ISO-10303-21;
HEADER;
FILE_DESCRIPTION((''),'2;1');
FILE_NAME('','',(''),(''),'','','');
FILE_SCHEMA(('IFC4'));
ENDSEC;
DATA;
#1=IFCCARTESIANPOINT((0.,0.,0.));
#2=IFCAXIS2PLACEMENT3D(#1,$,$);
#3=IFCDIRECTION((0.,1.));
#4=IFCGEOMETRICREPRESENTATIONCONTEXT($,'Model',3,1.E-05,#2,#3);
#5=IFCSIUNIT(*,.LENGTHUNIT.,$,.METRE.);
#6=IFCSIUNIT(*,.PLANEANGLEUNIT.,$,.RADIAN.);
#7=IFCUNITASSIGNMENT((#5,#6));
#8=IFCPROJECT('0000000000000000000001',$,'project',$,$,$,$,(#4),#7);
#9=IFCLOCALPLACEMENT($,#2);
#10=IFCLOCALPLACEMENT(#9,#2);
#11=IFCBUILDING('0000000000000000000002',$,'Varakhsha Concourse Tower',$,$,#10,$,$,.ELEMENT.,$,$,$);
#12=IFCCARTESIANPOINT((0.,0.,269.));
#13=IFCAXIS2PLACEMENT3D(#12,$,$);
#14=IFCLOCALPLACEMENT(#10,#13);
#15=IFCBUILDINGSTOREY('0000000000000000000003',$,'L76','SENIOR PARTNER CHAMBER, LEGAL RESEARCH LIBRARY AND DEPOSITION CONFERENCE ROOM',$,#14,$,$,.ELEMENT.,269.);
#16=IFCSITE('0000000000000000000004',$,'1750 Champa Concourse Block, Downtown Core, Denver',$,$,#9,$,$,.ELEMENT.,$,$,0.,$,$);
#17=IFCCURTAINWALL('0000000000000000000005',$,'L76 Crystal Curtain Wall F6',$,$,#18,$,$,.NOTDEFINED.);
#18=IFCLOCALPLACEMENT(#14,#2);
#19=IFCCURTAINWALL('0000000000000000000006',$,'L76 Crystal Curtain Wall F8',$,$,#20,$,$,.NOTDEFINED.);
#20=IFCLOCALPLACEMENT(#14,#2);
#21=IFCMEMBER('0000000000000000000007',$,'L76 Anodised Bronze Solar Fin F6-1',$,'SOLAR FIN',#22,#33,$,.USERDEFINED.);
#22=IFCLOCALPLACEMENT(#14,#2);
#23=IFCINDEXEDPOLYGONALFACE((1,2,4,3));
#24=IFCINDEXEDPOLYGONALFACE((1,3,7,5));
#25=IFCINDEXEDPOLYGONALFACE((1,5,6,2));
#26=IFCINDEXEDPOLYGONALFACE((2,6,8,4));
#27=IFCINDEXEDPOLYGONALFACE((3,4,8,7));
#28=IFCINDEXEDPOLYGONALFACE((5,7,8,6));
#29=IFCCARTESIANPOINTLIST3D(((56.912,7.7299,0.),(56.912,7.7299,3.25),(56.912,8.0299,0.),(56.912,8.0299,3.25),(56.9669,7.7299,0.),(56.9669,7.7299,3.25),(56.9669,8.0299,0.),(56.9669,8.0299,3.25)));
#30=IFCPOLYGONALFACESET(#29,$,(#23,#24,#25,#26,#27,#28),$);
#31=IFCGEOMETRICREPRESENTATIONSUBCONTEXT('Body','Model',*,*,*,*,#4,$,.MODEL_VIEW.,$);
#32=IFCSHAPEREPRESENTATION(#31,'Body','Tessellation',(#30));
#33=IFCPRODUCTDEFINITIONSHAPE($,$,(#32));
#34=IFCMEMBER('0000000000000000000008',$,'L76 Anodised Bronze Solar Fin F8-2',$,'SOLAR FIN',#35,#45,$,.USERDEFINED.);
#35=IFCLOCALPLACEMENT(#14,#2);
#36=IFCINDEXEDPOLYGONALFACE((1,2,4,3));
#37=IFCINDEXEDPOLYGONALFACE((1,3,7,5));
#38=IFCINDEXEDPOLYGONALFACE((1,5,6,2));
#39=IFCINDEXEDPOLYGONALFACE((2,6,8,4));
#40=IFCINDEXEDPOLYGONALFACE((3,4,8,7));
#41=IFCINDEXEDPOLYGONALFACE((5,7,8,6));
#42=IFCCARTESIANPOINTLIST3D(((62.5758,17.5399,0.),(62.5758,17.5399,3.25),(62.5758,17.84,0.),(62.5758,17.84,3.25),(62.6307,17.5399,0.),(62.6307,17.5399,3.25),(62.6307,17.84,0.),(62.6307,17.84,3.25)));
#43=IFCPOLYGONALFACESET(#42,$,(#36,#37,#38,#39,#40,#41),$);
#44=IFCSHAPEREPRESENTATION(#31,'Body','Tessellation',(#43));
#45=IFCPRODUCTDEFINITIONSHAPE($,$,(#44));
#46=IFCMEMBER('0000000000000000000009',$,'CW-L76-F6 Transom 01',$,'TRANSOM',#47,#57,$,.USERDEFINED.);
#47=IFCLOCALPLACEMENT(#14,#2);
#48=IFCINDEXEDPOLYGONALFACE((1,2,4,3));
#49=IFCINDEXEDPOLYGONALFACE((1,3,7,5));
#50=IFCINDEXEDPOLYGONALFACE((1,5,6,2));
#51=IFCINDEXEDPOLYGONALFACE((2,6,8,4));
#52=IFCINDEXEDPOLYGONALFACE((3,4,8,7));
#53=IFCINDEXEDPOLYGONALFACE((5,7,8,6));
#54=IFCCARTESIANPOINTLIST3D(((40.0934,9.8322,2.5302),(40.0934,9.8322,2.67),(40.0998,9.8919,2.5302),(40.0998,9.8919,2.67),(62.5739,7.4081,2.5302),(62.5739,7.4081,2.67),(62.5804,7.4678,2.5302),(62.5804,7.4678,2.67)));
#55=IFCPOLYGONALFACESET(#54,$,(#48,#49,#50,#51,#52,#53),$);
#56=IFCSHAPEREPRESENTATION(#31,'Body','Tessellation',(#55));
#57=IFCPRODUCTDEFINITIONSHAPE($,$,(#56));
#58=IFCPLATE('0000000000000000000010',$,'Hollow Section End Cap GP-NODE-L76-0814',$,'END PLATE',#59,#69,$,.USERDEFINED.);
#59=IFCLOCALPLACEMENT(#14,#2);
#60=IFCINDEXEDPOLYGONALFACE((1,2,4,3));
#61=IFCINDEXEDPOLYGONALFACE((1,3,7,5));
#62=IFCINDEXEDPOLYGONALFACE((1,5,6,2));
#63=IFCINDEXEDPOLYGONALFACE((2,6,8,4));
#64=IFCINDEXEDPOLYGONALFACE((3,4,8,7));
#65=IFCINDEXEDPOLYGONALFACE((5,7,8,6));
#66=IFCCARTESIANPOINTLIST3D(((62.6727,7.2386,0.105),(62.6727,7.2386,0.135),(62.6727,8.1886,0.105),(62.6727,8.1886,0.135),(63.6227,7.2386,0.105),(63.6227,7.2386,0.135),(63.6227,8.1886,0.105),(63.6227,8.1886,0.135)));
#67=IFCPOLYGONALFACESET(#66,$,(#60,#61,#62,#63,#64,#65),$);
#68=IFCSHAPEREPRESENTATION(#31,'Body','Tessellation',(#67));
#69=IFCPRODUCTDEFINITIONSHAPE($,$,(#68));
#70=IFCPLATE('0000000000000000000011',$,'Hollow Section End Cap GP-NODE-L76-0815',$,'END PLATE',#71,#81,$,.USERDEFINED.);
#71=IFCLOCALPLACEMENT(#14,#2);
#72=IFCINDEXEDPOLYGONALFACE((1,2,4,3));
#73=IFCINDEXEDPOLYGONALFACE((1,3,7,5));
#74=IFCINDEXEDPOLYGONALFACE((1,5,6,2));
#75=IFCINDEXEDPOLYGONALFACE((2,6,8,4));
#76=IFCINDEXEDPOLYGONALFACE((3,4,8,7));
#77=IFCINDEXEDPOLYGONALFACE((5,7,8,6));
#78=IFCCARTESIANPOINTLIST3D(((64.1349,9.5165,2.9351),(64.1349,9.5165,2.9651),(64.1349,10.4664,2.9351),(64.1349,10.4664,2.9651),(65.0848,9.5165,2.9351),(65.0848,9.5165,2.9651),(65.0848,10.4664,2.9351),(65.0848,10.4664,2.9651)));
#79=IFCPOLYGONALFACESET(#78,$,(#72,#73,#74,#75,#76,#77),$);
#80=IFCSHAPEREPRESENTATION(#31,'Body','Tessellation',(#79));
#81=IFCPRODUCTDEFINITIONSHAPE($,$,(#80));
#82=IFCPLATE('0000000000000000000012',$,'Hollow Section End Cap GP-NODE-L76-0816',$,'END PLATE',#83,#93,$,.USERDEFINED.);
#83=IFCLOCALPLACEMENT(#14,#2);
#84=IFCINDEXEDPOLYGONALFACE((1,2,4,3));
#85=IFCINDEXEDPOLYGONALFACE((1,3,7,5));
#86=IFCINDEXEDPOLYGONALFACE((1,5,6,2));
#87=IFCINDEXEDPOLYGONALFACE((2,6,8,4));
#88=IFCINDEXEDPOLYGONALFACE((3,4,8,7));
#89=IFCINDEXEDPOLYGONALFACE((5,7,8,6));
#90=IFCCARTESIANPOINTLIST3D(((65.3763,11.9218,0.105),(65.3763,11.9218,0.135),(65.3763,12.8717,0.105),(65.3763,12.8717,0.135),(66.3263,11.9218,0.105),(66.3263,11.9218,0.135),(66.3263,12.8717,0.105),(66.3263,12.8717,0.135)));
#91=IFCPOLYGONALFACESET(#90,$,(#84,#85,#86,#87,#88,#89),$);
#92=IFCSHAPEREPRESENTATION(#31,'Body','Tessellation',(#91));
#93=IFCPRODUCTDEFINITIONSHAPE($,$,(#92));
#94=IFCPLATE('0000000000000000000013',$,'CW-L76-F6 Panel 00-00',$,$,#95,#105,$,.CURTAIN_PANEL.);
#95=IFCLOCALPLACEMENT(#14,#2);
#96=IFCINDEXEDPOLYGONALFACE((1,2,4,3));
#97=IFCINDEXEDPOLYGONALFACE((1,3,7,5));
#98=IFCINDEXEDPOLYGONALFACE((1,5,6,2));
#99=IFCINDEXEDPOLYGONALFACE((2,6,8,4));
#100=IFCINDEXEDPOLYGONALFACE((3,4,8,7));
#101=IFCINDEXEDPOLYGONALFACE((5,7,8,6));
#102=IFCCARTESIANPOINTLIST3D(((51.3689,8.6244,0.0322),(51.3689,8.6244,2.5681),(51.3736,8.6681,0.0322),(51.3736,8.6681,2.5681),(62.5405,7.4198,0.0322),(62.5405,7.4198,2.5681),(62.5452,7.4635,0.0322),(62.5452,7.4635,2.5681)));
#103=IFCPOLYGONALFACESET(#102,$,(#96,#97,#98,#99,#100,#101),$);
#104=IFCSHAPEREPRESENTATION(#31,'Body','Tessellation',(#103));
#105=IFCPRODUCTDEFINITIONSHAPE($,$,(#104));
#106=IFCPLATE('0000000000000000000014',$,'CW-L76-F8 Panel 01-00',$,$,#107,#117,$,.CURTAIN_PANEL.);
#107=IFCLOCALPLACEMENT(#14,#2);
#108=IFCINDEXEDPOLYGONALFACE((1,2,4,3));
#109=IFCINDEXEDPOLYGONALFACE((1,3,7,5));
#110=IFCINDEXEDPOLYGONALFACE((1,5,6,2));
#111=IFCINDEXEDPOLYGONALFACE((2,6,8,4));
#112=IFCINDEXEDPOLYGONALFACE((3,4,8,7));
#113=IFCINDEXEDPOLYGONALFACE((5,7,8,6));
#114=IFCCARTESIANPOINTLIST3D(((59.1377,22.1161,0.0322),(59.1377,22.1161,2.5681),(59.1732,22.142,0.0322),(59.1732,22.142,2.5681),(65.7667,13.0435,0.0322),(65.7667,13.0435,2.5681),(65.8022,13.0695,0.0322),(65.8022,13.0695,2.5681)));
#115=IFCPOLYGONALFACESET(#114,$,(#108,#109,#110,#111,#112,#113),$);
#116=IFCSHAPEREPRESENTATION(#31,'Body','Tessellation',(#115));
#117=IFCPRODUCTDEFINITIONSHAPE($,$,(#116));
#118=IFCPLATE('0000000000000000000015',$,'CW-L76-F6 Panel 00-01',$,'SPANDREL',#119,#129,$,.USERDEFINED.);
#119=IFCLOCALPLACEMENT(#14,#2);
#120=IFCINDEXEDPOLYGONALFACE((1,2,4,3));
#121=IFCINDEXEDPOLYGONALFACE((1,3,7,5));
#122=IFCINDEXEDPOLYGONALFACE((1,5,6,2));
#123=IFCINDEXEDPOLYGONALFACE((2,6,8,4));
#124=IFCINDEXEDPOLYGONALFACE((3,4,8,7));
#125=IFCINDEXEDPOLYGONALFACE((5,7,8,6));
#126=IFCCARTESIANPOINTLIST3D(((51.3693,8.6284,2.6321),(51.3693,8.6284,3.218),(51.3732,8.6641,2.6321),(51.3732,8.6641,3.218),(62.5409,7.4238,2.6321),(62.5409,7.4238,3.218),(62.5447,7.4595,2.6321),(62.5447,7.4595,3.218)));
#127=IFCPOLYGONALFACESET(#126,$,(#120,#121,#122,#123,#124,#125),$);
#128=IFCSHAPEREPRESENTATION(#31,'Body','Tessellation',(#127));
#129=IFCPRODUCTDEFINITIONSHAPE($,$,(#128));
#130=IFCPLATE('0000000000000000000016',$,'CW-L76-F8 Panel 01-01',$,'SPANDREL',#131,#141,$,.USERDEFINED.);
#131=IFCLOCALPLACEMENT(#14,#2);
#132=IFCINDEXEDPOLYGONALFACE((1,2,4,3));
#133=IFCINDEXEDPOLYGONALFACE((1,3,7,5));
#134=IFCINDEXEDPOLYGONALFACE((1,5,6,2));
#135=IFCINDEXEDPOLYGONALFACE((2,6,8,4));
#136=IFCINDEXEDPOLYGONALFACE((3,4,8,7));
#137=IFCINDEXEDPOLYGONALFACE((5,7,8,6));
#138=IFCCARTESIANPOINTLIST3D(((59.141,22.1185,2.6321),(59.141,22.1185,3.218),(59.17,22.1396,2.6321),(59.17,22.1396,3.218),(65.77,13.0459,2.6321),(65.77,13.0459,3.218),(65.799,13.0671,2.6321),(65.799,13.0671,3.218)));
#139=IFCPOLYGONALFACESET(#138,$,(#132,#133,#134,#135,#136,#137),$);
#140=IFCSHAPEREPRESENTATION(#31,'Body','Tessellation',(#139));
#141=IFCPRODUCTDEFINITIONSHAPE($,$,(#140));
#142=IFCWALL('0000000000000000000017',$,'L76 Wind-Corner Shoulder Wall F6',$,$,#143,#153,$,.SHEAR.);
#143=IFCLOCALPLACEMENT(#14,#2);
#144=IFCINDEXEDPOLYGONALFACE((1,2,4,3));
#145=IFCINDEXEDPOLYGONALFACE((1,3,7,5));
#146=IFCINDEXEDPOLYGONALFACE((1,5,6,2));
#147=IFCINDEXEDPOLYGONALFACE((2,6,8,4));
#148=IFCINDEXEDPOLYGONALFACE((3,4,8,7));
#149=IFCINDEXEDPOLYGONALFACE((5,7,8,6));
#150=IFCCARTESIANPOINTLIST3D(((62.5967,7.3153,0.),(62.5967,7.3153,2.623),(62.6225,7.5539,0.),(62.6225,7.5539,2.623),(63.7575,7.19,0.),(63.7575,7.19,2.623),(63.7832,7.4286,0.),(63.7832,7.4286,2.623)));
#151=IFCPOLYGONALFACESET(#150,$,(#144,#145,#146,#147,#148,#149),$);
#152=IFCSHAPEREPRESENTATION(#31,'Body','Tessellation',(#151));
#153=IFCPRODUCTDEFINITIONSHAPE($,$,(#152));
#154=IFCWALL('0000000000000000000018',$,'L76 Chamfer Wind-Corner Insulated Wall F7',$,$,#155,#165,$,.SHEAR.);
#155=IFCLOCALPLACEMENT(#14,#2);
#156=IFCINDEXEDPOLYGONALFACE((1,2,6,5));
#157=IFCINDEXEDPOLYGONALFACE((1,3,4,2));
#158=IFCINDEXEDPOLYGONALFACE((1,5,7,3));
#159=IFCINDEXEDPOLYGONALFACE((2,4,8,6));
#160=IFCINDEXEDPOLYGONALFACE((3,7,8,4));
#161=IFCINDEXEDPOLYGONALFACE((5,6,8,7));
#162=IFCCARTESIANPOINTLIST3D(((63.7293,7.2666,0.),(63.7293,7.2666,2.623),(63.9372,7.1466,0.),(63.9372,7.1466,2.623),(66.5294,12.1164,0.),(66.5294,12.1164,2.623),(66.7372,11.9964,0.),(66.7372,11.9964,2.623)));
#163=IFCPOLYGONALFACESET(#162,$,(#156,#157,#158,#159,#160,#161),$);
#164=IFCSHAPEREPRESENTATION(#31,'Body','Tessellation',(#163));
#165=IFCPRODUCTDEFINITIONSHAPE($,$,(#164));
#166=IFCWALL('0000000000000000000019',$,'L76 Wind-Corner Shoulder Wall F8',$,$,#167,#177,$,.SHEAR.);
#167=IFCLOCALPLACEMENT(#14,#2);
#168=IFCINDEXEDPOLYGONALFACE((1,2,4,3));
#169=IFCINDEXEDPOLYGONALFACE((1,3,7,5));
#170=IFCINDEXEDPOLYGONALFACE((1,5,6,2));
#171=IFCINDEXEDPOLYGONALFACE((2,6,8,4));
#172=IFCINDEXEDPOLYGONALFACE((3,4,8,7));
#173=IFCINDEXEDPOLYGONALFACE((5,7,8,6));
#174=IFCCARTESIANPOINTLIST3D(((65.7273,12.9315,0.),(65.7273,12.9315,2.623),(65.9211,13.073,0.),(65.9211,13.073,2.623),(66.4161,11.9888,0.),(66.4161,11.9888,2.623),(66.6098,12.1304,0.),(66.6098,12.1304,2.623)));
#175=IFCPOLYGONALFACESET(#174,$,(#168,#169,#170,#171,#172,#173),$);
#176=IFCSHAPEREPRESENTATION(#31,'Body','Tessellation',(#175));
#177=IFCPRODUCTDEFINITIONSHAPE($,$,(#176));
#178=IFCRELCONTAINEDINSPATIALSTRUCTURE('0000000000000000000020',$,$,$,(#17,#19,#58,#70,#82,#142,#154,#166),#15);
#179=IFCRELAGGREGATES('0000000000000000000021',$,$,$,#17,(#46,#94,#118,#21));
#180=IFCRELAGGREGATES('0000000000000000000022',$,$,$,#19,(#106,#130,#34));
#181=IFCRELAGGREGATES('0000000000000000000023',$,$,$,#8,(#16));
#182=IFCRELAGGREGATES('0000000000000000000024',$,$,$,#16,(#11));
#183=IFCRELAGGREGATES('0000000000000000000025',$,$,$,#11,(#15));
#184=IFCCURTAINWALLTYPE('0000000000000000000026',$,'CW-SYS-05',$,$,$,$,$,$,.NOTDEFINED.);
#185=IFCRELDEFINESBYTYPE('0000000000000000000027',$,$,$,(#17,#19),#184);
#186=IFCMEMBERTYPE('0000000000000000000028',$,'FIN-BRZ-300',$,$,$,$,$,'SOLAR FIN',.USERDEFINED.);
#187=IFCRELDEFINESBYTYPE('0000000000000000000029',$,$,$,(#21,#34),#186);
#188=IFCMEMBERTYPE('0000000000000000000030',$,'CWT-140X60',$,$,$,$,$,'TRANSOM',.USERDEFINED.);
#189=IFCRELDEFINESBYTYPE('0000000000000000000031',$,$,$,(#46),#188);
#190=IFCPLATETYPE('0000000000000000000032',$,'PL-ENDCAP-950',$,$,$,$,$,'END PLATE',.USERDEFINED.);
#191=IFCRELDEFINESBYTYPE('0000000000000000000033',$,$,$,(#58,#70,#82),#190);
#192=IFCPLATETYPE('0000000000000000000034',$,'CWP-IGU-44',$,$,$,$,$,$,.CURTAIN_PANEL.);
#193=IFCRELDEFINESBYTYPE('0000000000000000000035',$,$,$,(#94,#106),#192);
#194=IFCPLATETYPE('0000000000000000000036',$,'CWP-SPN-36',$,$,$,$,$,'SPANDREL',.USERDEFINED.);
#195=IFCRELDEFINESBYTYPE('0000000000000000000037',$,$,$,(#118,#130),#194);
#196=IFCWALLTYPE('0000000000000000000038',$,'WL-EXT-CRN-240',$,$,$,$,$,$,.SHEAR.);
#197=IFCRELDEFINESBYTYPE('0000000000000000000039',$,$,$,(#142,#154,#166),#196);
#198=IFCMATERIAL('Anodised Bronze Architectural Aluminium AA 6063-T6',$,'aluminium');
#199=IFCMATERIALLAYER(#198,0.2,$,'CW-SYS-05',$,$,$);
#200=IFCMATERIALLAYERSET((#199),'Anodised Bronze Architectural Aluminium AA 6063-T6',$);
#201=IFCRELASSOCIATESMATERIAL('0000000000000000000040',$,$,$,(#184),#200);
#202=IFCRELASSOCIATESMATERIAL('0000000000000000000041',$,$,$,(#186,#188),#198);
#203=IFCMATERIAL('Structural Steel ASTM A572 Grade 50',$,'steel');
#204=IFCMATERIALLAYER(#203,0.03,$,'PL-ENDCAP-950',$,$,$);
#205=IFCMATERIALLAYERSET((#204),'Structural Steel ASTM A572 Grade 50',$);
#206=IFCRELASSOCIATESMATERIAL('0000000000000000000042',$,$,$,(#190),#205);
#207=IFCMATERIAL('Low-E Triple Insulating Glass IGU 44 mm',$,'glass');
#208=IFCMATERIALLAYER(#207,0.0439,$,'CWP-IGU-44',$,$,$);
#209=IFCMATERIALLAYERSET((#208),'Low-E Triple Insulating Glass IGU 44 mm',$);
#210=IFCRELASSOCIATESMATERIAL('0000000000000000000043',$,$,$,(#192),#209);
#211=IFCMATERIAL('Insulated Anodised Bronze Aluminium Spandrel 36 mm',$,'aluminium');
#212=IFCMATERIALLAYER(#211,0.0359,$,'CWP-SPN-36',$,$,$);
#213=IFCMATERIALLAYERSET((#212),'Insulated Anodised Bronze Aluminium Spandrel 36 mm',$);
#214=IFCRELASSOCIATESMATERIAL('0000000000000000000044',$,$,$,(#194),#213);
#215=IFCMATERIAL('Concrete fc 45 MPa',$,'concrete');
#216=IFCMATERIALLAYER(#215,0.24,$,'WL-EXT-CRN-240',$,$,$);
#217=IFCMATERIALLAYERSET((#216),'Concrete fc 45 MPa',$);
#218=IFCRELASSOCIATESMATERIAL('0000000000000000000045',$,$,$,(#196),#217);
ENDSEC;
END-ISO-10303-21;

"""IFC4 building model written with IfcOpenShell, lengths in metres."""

from ifc_helpers import new_model, si_unit, direction, frame, frame_2d, origin, origin_2d, place, context, subcontext, project, spatial, rectangle, extrude, source, transform, mapped, material, layer, layer_set, material_profile, profile_set, type_object, type_shapes, element, aggregate, save


model = new_model("IFC4")

# Units and contexts
model_context = context("Model", 3, precision=1e-05, world=origin(), true_north=direction((0.0, 1.0)))
body_context = subcontext(model_context, "Body", "Model", "MODEL_VIEW")
ifc_project = project(units=[si_unit("LENGTHUNIT", "METRE"), si_unit("PLANEANGLEUNIT", "RADIAN")], contexts=[model_context])

# Site, building, storey
site_placement = place(None, origin())
site = spatial("IfcSite", under=ifc_project, at=site_placement, Name="1750 Champa Concourse Block, Downtown Core, Denver", CompositionType="ELEMENT", RefElevation=0.0)
building_placement = place(site_placement, origin())
building = spatial("IfcBuilding", under=site, at=building_placement, Name="Varakhsha Concourse Tower", CompositionType="ELEMENT")
storey_placement = place(building_placement, frame((0.0, 0.0, 269.0)))
storey = spatial("IfcBuildingStorey", under=building, at=storey_placement, Name="L76", Description="SENIOR PARTNER CHAMBER, LEGAL RESEARCH LIBRARY AND DEPOSITION CONFERENCE ROOM", CompositionType="ELEMENT", Elevation=269.0)

# Shared definitions
ifc_material_1 = material(Name="Structural Steel ASTM A572 Grade 50", Category="steel")

# Curtain wall
ifc_material_2 = material(Name="Anodised Bronze Architectural Aluminium AA 6063-T6", Category="aluminium")
ifc_layer_1 = layer(ifc_material_2, 0.2, Name="CW-SYS-05")
ifc_layer_set_1 = layer_set([ifc_layer_1], Name="Anodised Bronze Architectural Aluminium AA 6063-T6")
curtain_wall_type = type_object("IfcCurtainWallType", Name="CW-SYS-05", PredefinedType="NOTDEFINED", material=ifc_layer_set_1)
curtain_wall_1_placement = place(storey_placement, origin())
curtain_wall_1 = element("IfcCurtainWall", 1, at=curtain_wall_1_placement, inside=storey, type_object=curtain_wall_type, Name="L76 Crystal Curtain Wall F6", PredefinedType="NOTDEFINED")

# Curtain wall
curtain_wall_2_placement = place(storey_placement, origin())
curtain_wall_2 = element("IfcCurtainWall", 2, at=curtain_wall_2_placement, inside=storey, type_object=curtain_wall_type, Name="L76 Crystal Curtain Wall F8", PredefinedType="NOTDEFINED")

# Members
ifc_material_profile_1 = material_profile(ifc_material_2, rectangle(XDim=0.0549, YDim=0.3, at=origin_2d()), Name="FIN-BRZ-300")
ifc_profile_set_1 = profile_set([ifc_material_profile_1], Name="Anodised Bronze Architectural Aluminium AA 6063-T6")
member_type_1 = type_object("IfcMemberType", Name="FIN-BRZ-300", ElementType="SOLAR FIN", PredefinedType="USERDEFINED", material=ifc_profile_set_1)
shared_shape_1 = source(origin(), body_context, "Body", "SweptSolid", [
    extrude(rectangle(XDim=0.0549, YDim=0.3, at=origin_2d()), origin(), (0.0, 0.0, 1.0), 3.25),
])
type_shapes(member_type_1, [shared_shape_1])
member_1_placement = place(storey_placement, frame((56.9395, 7.8799, 0.0), z_axis=(0.0, 0.0, 1.0), x_axis=(1.0, 0.0, 0.0)))
member_1 = element("IfcMember", 3, at=member_1_placement, type_object=member_type_1, Name="L76 Anodised Bronze Solar Fin F6-1", ObjectType="SOLAR FIN", PredefinedType="USERDEFINED", context=body_context, shape_type="MappedRepresentation", body=[
    mapped(shared_shape_1, transform((0.0, 0.0, 0.0), scale=1.0)),
])
member_2_placement = place(storey_placement, frame((62.6033, 17.6899, 0.0), z_axis=(0.0, 0.0, 1.0), x_axis=(1.0, 0.0, 0.0)))
member_2 = element("IfcMember", 4, at=member_2_placement, type_object=member_type_1, Name="L76 Anodised Bronze Solar Fin F8-2", ObjectType="SOLAR FIN", PredefinedType="USERDEFINED", context=body_context, shape_type="MappedRepresentation", body=[
    mapped(shared_shape_1, transform((0.0, 0.0, 0.0), scale=1.0)),
])
ifc_material_profile_2 = material_profile(ifc_material_2, rectangle(XDim=0.0601, YDim=0.1399, at=origin_2d()), Name="CWT-140X60")
ifc_profile_set_2 = profile_set([ifc_material_profile_2], Name="Anodised Bronze Architectural Aluminium AA 6063-T6")
member_type_2 = type_object("IfcMemberType", Name="CWT-140X60", ElementType="TRANSOM", PredefinedType="USERDEFINED", material=ifc_profile_set_2)
shared_shape_2 = source(origin(), body_context, "Body", "SweptSolid", [
    extrude(rectangle(XDim=0.0601, YDim=0.1399, at=origin_2d()), origin(), (0.0, 0.0, 1.0), 22.6108),
])
type_shapes(member_type_2, [shared_shape_2])
member_3_placement = place(storey_placement, frame((62.5771, 7.438, 2.6001), z_axis=(-0.994237, 0.107209, 0.0), x_axis=(-0.107209, -0.994237, 0.0)))
member_3 = element("IfcMember", 5, at=member_3_placement, type_object=member_type_2, Name="CW-L76-F6 Transom 01", ObjectType="TRANSOM", PredefinedType="USERDEFINED", context=body_context, shape_type="MappedRepresentation", body=[
    mapped(shared_shape_2, transform((0.0, 0.0, 0.0), scale=1.0)),
])

# Plates
ifc_layer_2 = layer(ifc_material_1, 0.03, Name="PL-ENDCAP-950")
ifc_layer_set_2 = layer_set([ifc_layer_2], Name="Structural Steel ASTM A572 Grade 50")
plate_type_1 = type_object("IfcPlateType", Name="PL-ENDCAP-950", ElementType="END PLATE", PredefinedType="USERDEFINED", material=ifc_layer_set_2)
shared_shape_3 = source(origin(), body_context, "Body", "SweptSolid", [
    extrude(rectangle(XDim=0.95, YDim=0.95, at=origin_2d()), origin(), (0.0, 0.0, 1.0), 0.03),
])
type_shapes(plate_type_1, [shared_shape_3])
for number, where, z_axis, x_axis, name in (
    (6, (63.1477, 7.7136, 0.105), (0.0, 0.0, 1.0), (1.0, 0.0, 0.0), "Hollow Section End Cap GP-NODE-L76-0814"),
    (7, (64.6099, 9.9915, 2.9351), (0.0, 0.0, 1.0), (1.0, 0.0, 0.0), "Hollow Section End Cap GP-NODE-L76-0815"),
    (8, (65.8513, 12.3967, 0.105), (0.0, 0.0, 1.0), (1.0, 0.0, 0.0), "Hollow Section End Cap GP-NODE-L76-0816"),
):
    element("IfcPlate", number, at=place(storey_placement, frame(where, z_axis=z_axis, x_axis=x_axis)), inside=storey, type_object=plate_type_1, Name=name, ObjectType="END PLATE", PredefinedType="USERDEFINED", context=body_context, shape_type="MappedRepresentation", body=[
        mapped(shared_shape_3, transform((0.0, 0.0, 0.0), scale=1.0)),
    ])

# Plates
ifc_material_3 = material(Name="Low-E Triple Insulating Glass IGU 44 mm", Category="glass")
ifc_layer_3 = layer(ifc_material_3, 0.0439, Name="CWP-IGU-44")
ifc_layer_set_3 = layer_set([ifc_layer_3], Name="Low-E Triple Insulating Glass IGU 44 mm")
plate_type_2 = type_object("IfcPlateType", Name="CWP-IGU-44", PredefinedType="CURTAIN_PANEL", material=ifc_layer_set_3)
shared_shape_4 = source(origin(), body_context, "Body", "SweptSolid", [
    extrude(rectangle(XDim=11.2363, YDim=0.0439, at=origin_2d()), origin(), (0.0, 0.0, 1.0), 2.5359),
])
type_shapes(plate_type_2, [shared_shape_4])
plate_1_placement = place(storey_placement, frame((56.957, 8.0439, 0.0322), z_axis=(0.0, 0.0, 1.0), x_axis=(-0.994236, 0.10721, 0.0)))
plate_1 = element("IfcPlate", 9, at=plate_1_placement, type_object=plate_type_2, Name="CW-L76-F6 Panel 00-00", PredefinedType="CURTAIN_PANEL", context=body_context, shape_type="MappedRepresentation", body=[
    mapped(shared_shape_4, transform((0.0, 0.0, 0.0), scale=1.0)),
])
plate_2_placement = place(storey_placement, frame((62.47, 17.5928, 0.0322), z_axis=(0.0, 0.0, 1.0), x_axis=(0.58996, -0.807432, 0.0)))
plate_2 = element("IfcPlate", 10, at=plate_2_placement, type_object=plate_type_2, Name="CW-L76-F8 Panel 01-00", PredefinedType="CURTAIN_PANEL", context=body_context, shape_type="MappedRepresentation", body=[
    mapped(shared_shape_4, transform((0.0, 0.0, 0.0), scale=1.0)),
])
ifc_material_4 = material(Name="Insulated Anodised Bronze Aluminium Spandrel 36 mm", Category="aluminium")
ifc_layer_4 = layer(ifc_material_4, 0.0359, Name="CWP-SPN-36")
ifc_layer_set_4 = layer_set([ifc_layer_4], Name="Insulated Anodised Bronze Aluminium Spandrel 36 mm")
plate_type_3 = type_object("IfcPlateType", Name="CWP-SPN-36", ElementType="SPANDREL", PredefinedType="USERDEFINED", material=ifc_layer_set_4)
shared_shape_5 = source(origin(), body_context, "Body", "SweptSolid", [
    extrude(rectangle(XDim=11.2363, YDim=0.0359, at=origin_2d()), origin(), (0.0, 0.0, 1.0), 0.5859),
])
type_shapes(plate_type_3, [shared_shape_5])
plate_3_placement = place(storey_placement, frame((56.957, 8.0439, 2.6321), z_axis=(0.0, 0.0, 1.0), x_axis=(-0.994236, 0.10721, 0.0)))
plate_3 = element("IfcPlate", 11, at=plate_3_placement, type_object=plate_type_3, Name="CW-L76-F6 Panel 00-01", ObjectType="SPANDREL", PredefinedType="USERDEFINED", context=body_context, shape_type="MappedRepresentation", body=[
    mapped(shared_shape_5, transform((0.0, 0.0, 0.0), scale=1.0)),
])
aggregate(curtain_wall_1, [member_3, plate_1, plate_3, member_1])
plate_4_placement = place(storey_placement, frame((62.47, 17.5928, 2.6321), z_axis=(0.0, 0.0, 1.0), x_axis=(0.58996, -0.807432, 0.0)))
plate_4 = element("IfcPlate", 12, at=plate_4_placement, type_object=plate_type_3, Name="CW-L76-F8 Panel 01-01", ObjectType="SPANDREL", PredefinedType="USERDEFINED", context=body_context, shape_type="MappedRepresentation", body=[
    mapped(shared_shape_5, transform((0.0, 0.0, 0.0), scale=1.0)),
])
aggregate(curtain_wall_2, [plate_2, plate_4, member_2])

# Walls
ifc_material_5 = material(Name="Concrete fc 45 MPa", Category="concrete")
ifc_layer_5 = layer(ifc_material_5, 0.24, Name="WL-EXT-CRN-240")
ifc_layer_set_5 = layer_set([ifc_layer_5], Name="Concrete fc 45 MPa")
wall_type = type_object("IfcWallType", Name="WL-EXT-CRN-240", PredefinedType="SHEAR", material=ifc_layer_set_5)
wall_1_placement = place(storey_placement, frame((62.6096, 7.4346, 0.0), z_axis=(0.0, 0.0, 1.0), x_axis=(0.994228, -0.107286, 0.0)))
element("IfcWall", 13, at=wall_1_placement, inside=storey, type_object=wall_type, Name="L76 Wind-Corner Shoulder Wall F6", PredefinedType="SHEAR", context=body_context, shape_type="SweptSolid", body=[
    extrude(rectangle(XDim=1.1675, YDim=0.24, at=frame_2d((0.5837, 0.0))), origin(), (0.0, 0.0, 1.0), 2.623),
])
wall_2_placement = place(storey_placement, frame((66.6333, 12.0564, 0.0), z_axis=(0.0, 0.0, 1.0), x_axis=(-0.499998, -0.866027, 0.0)))
element("IfcWall", 14, at=wall_2_placement, inside=storey, type_object=wall_type, Name="L76 Chamfer Wind-Corner Insulated Wall F7", PredefinedType="SHEAR", context=body_context, shape_type="SweptSolid", body=[
    extrude(rectangle(XDim=5.6001, YDim=0.24, at=frame_2d((2.8, 0.0))), origin(), (0.0, 0.0, 1.0), 2.623),
])
wall_3_placement = place(storey_placement, frame((66.5129, 12.0596, 0.0), z_axis=(0.0, 0.0, 1.0), x_axis=(-0.589948, 0.807441, 0.0)))
element("IfcWall", 15, at=wall_3_placement, inside=storey, type_object=wall_type, Name="L76 Wind-Corner Shoulder Wall F8", PredefinedType="SHEAR", context=body_context, shape_type="SweptSolid", body=[
    extrude(rectangle(XDim=1.1675, YDim=0.24, at=frame_2d((0.5837, 0.0))), origin(), (0.0, 0.0, 1.0), 2.623),
])

save(model, "model.ifc")
